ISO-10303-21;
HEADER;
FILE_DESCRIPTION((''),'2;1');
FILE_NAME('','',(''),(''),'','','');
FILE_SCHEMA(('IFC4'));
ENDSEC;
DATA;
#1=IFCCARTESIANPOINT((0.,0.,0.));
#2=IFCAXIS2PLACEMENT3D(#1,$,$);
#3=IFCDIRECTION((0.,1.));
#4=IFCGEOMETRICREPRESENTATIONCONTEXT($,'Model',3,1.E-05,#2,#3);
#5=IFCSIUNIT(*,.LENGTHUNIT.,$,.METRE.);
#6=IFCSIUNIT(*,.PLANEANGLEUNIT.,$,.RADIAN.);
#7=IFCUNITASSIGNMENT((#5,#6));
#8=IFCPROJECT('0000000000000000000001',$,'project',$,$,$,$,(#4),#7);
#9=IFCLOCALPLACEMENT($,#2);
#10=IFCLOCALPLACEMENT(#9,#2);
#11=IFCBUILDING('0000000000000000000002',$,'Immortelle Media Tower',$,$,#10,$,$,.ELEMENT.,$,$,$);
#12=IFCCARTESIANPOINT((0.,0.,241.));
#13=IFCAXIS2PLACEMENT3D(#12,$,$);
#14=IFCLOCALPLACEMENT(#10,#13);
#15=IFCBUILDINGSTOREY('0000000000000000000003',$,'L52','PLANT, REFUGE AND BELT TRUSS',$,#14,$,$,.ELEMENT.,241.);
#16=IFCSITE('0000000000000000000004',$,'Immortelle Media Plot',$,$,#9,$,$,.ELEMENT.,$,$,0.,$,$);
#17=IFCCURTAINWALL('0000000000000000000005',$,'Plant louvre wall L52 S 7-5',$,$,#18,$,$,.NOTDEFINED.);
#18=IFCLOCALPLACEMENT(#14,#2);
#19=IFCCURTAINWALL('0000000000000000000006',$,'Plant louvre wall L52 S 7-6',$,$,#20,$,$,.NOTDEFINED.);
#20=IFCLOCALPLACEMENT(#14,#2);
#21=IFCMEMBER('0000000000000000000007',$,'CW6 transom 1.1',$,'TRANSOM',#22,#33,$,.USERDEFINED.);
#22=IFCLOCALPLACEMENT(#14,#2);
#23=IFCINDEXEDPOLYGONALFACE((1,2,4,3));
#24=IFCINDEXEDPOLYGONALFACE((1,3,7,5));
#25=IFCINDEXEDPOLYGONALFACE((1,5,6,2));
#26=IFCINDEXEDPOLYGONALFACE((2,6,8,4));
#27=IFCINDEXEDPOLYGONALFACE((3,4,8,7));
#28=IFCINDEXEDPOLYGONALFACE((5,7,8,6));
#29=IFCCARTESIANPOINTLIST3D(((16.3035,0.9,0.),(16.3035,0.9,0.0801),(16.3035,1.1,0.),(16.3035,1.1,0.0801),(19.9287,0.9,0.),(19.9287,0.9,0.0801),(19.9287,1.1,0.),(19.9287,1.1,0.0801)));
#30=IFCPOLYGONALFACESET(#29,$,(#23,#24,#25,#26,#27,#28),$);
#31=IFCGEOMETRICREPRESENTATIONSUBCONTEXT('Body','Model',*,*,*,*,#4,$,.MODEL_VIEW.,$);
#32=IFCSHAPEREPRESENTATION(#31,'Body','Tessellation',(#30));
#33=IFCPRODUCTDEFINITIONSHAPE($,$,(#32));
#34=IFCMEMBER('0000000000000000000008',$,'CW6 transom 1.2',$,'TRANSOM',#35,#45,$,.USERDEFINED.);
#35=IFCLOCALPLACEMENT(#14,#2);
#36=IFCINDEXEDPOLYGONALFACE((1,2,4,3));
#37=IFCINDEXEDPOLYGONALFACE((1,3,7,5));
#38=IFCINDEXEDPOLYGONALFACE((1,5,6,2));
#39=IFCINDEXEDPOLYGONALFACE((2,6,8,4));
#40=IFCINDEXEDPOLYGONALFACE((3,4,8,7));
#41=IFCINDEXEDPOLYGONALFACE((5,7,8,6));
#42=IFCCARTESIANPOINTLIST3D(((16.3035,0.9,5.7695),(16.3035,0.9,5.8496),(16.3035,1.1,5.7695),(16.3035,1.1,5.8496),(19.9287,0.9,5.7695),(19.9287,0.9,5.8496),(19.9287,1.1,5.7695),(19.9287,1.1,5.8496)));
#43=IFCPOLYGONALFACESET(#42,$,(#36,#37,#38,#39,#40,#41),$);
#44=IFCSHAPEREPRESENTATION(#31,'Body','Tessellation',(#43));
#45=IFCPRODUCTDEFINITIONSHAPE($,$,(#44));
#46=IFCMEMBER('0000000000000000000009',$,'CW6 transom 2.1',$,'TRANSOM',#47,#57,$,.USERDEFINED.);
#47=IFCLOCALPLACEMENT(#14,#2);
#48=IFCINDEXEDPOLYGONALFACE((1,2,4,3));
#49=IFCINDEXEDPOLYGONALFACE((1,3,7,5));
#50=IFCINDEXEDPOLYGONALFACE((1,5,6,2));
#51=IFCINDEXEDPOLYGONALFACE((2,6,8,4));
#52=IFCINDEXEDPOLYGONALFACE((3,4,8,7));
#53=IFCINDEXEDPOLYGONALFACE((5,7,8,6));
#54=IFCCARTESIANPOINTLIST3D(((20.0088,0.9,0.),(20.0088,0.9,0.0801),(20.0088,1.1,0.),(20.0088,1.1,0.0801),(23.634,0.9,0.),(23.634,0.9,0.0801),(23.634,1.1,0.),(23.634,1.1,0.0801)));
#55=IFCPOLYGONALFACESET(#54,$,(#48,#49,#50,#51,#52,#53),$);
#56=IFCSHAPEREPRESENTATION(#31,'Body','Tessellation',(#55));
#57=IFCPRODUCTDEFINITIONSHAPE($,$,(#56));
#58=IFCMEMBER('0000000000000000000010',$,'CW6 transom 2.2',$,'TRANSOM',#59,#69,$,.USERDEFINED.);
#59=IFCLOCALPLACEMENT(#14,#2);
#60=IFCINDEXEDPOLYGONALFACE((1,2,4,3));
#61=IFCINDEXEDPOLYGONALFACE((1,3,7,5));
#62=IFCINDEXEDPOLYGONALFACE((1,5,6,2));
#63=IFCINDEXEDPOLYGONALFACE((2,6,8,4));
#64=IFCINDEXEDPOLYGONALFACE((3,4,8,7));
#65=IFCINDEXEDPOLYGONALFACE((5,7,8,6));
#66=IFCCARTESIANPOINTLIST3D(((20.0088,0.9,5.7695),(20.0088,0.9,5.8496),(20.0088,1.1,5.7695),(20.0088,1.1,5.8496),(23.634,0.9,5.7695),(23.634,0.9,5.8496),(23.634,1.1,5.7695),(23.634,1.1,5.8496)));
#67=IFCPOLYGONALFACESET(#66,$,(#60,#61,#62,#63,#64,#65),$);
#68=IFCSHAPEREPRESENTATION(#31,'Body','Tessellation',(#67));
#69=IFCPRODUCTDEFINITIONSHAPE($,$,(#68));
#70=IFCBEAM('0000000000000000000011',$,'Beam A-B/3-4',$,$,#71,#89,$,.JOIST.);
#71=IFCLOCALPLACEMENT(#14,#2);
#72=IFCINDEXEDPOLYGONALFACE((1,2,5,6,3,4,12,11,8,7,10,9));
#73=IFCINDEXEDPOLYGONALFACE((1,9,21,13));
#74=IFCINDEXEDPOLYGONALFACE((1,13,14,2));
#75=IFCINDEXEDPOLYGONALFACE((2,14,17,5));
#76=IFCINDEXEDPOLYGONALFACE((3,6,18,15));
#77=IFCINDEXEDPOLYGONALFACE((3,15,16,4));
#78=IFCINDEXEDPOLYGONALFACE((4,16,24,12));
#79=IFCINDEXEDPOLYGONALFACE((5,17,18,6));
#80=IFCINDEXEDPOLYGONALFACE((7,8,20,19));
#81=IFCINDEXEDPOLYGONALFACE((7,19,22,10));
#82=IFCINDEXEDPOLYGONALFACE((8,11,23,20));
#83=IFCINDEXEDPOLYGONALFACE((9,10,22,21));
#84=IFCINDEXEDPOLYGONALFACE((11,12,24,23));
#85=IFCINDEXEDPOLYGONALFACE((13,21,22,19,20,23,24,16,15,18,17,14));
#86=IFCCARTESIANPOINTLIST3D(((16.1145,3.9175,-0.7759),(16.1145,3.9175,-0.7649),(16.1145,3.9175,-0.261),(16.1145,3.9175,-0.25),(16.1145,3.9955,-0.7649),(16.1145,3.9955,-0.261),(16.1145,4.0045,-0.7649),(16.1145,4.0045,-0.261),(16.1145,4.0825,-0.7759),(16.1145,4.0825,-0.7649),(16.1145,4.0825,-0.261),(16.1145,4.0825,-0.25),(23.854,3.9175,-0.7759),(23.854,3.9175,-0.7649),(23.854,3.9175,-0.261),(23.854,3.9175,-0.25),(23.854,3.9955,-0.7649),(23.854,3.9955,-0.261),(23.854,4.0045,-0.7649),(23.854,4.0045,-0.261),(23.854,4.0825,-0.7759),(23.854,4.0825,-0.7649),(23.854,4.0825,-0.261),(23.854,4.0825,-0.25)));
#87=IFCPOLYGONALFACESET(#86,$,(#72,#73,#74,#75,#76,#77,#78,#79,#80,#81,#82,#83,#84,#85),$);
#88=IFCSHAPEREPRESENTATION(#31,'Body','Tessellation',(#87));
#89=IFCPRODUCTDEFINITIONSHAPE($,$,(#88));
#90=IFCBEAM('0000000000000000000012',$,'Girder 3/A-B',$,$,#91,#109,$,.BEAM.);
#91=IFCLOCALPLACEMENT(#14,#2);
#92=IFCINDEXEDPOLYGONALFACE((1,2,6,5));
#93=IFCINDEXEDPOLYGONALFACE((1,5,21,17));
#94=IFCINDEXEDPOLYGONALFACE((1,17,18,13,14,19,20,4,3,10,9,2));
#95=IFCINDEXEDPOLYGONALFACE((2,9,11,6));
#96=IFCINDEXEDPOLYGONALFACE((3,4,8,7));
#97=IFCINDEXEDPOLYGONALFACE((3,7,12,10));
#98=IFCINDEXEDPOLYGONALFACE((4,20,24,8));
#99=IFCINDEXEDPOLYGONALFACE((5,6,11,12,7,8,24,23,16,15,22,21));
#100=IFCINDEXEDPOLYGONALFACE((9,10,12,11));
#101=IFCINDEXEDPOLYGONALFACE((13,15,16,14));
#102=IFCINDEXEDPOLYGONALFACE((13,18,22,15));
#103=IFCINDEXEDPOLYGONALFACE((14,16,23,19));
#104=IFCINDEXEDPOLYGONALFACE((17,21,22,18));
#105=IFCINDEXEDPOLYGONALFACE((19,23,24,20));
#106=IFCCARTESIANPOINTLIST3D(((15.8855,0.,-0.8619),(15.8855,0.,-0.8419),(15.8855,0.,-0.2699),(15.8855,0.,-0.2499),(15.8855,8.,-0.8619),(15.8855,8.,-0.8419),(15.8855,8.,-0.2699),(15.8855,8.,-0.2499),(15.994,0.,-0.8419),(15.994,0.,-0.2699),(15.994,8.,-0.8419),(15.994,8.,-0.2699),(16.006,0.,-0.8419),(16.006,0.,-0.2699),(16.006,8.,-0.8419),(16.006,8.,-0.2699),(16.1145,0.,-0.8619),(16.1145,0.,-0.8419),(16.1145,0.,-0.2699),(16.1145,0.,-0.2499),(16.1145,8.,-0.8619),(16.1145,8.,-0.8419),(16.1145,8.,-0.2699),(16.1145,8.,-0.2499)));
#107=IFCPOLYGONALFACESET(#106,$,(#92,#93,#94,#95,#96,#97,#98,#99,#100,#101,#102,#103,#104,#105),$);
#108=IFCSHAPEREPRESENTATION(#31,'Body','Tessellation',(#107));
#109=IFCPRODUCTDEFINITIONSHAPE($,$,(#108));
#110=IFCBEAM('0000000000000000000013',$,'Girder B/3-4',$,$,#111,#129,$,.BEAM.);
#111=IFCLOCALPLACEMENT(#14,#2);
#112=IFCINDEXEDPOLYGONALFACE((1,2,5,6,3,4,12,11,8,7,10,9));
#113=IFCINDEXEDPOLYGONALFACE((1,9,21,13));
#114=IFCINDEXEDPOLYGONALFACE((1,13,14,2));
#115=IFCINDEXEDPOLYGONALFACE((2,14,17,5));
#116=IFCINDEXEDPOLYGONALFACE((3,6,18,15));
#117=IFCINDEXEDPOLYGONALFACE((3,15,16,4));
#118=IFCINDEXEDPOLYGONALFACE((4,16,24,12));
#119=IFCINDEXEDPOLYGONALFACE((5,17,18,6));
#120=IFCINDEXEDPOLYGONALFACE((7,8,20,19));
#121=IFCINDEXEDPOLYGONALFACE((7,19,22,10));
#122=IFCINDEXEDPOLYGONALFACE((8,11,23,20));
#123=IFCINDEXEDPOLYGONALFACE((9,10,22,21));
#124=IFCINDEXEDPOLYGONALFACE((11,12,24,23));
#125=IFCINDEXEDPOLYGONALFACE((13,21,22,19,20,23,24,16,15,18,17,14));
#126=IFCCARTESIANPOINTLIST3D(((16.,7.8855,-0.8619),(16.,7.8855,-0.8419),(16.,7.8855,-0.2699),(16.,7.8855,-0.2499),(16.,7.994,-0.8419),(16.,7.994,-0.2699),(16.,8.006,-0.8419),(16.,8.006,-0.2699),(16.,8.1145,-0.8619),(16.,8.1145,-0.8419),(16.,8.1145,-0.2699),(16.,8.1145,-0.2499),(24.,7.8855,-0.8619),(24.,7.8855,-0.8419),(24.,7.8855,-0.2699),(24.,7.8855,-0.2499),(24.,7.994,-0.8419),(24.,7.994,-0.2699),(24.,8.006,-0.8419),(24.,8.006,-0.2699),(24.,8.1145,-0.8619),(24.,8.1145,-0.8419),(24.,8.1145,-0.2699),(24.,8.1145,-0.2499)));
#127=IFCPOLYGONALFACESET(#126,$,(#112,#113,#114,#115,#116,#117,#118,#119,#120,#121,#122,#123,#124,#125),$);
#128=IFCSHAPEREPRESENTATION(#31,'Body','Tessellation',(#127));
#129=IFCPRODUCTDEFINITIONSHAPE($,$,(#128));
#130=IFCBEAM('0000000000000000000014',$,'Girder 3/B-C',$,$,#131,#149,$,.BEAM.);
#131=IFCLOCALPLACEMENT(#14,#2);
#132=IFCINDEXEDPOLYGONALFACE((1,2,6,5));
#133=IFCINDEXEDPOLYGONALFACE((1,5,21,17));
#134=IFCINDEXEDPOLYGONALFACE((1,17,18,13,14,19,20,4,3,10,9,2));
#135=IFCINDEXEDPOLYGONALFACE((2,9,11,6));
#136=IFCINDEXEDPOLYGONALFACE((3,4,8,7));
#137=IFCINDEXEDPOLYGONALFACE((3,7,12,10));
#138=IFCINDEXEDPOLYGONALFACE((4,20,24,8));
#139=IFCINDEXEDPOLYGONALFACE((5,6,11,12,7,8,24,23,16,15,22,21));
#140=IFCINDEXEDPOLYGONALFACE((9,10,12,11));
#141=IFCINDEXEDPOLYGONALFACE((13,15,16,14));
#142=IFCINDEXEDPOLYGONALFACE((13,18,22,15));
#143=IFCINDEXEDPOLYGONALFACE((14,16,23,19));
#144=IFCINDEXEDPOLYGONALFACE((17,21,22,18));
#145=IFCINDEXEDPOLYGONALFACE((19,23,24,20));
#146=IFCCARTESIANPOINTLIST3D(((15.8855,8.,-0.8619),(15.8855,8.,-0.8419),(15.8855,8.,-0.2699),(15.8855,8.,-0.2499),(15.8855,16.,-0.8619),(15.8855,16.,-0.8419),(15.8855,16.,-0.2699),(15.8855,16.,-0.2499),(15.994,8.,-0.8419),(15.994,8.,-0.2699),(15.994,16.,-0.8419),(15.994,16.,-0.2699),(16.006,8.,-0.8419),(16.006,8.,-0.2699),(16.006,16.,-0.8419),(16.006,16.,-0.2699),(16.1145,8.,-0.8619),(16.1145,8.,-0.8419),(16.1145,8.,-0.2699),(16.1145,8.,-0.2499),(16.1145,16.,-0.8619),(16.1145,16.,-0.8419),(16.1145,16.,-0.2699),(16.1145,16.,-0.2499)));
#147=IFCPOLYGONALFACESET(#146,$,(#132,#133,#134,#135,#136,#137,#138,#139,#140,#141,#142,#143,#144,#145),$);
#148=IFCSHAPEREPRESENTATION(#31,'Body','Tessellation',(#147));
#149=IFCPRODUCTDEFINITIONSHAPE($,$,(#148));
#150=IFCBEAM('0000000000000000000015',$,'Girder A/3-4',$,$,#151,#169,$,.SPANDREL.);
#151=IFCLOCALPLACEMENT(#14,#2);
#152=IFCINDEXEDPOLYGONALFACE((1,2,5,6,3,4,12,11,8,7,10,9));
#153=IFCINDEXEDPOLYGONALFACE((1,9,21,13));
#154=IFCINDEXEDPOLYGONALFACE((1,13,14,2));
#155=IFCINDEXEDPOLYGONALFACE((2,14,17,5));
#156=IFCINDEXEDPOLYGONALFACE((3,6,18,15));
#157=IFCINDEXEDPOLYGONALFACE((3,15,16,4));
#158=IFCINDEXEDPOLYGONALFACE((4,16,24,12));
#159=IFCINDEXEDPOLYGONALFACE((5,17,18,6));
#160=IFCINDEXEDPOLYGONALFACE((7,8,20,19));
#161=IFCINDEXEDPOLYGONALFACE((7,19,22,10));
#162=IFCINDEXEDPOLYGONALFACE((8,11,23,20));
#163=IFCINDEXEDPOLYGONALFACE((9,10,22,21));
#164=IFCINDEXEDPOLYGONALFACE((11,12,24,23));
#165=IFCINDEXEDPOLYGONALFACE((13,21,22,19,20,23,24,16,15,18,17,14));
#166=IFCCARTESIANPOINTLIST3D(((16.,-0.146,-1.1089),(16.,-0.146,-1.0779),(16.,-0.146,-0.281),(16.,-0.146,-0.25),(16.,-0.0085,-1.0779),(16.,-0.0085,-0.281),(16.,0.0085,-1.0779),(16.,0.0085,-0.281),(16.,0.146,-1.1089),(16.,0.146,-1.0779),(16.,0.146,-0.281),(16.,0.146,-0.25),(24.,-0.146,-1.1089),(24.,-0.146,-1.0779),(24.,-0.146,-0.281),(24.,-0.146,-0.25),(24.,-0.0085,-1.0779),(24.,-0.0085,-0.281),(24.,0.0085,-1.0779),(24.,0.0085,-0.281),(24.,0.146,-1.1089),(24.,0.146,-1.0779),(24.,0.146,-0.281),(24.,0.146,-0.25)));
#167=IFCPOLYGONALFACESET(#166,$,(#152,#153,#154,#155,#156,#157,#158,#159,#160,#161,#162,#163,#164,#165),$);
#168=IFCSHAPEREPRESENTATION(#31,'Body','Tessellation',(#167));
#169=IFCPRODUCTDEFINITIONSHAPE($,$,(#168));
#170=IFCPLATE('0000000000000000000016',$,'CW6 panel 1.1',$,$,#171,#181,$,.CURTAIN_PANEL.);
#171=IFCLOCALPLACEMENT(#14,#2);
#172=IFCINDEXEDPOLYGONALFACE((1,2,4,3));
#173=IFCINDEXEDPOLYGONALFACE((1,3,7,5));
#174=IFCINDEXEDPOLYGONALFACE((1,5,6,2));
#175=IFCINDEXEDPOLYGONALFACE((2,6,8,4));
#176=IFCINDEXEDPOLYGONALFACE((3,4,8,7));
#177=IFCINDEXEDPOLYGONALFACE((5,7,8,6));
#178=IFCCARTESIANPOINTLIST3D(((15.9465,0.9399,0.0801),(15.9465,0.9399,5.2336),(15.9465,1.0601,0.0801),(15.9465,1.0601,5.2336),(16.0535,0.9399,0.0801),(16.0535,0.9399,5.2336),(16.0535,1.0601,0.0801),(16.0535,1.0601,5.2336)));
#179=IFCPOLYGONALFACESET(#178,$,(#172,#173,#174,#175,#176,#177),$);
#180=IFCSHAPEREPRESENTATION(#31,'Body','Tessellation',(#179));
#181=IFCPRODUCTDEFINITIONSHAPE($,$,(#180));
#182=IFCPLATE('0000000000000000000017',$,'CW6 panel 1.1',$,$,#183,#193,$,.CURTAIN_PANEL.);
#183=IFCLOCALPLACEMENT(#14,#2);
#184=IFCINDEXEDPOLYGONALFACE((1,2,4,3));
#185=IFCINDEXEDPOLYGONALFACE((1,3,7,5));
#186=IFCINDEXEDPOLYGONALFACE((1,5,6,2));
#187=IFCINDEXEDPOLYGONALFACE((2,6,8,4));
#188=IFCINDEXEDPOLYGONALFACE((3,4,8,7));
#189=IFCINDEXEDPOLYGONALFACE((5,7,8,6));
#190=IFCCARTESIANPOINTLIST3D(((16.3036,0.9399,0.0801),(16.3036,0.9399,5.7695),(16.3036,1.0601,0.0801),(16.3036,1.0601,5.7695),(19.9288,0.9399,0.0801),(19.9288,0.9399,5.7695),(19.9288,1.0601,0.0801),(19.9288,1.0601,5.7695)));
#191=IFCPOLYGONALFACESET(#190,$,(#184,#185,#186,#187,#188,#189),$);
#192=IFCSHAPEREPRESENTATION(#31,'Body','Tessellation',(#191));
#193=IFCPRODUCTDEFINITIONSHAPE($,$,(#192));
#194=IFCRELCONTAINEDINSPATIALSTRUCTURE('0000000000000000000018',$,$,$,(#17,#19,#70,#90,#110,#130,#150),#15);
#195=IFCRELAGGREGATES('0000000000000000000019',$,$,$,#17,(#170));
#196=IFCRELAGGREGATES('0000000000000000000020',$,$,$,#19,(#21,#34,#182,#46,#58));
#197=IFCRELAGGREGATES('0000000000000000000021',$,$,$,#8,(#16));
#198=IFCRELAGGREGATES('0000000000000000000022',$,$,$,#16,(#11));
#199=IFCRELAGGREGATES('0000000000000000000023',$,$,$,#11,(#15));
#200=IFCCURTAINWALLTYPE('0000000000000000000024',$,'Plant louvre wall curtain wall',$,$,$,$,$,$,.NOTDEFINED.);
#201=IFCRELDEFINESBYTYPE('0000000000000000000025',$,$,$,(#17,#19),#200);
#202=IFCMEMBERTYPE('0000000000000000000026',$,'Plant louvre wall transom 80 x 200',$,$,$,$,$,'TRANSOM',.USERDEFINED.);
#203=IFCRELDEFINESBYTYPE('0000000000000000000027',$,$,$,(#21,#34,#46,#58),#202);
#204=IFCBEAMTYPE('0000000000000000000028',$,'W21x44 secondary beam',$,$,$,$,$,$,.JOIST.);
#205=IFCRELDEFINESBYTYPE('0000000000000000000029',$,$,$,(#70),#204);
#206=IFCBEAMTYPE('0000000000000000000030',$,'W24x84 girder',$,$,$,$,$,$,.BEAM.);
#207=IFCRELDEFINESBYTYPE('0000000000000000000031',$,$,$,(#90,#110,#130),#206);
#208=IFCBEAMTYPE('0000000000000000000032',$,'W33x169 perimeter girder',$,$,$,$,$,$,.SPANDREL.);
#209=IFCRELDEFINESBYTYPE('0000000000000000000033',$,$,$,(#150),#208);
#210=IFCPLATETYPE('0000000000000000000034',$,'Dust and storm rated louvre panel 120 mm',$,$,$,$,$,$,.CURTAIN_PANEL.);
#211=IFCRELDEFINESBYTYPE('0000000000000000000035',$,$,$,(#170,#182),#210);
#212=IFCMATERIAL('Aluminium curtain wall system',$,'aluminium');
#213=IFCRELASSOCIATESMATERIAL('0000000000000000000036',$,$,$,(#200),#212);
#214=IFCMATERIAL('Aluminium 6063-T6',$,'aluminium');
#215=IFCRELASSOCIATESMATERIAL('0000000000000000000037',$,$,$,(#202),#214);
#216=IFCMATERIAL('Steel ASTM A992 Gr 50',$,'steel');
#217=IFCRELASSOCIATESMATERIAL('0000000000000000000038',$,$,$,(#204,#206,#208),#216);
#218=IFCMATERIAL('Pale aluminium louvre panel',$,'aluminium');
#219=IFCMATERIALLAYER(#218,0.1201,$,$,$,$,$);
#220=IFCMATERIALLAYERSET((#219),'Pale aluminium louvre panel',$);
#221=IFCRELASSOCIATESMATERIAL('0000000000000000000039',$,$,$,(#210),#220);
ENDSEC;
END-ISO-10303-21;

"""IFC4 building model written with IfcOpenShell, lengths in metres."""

from ifc_helpers import new_model, si_unit, direction, frame, origin, origin_2d, place, context, subcontext, project, spatial, rectangle, i_section, extrude, material, layer, layer_set, material_profile, profile_set, type_object, element, aggregate, save


model = new_model("IFC4")

# Units and contexts
model_context = context("Model", 3, precision=1e-05, world=origin(), true_north=direction((0.0, 1.0)))
body_context = subcontext(model_context, "Body", "Model", "MODEL_VIEW")
ifc_project = project(units=[si_unit("LENGTHUNIT", "METRE"), si_unit("PLANEANGLEUNIT", "RADIAN")], contexts=[model_context])

# Site, building, storey
site_placement = place(None, origin())
site = spatial("IfcSite", under=ifc_project, at=site_placement, Name="Immortelle Media Plot", CompositionType="ELEMENT", RefElevation=0.0)
building_placement = place(site_placement, origin())
building = spatial("IfcBuilding", under=site, at=building_placement, Name="Immortelle Media Tower", CompositionType="ELEMENT")
storey_placement = place(building_placement, frame((0.0, 0.0, 241.0)))
storey = spatial("IfcBuildingStorey", under=building, at=storey_placement, Name="L52", Description="PLANT, REFUGE AND BELT TRUSS", CompositionType="ELEMENT", Elevation=241.0)

# Shared definitions
ifc_material_1 = material(Name="Steel ASTM A992 Gr 50", Category="steel")

# Curtain walls
ifc_material_2 = material(Name="Aluminium curtain wall system", Category="aluminium")
curtain_wall_type = type_object("IfcCurtainWallType", Name="Plant louvre wall curtain wall", PredefinedType="NOTDEFINED", material=ifc_material_2)
curtain_wall_1_placement = place(storey_placement, origin())
curtain_wall_1 = element("IfcCurtainWall", 1, at=curtain_wall_1_placement, inside=storey, type_object=curtain_wall_type, Name="Plant louvre wall L52 S 7-5", PredefinedType="NOTDEFINED")
ifc_material_3 = material(Name="Aluminium 6063-T6", Category="aluminium")
curtain_wall_2_placement = place(storey_placement, origin())
curtain_wall_2 = element("IfcCurtainWall", 2, at=curtain_wall_2_placement, inside=storey, type_object=curtain_wall_type, Name="Plant louvre wall L52 S 7-6", PredefinedType="NOTDEFINED")

# Members
ifc_material_profile_1 = material_profile(ifc_material_3, rectangle(XDim=0.2, YDim=0.0801, at=origin_2d()), Name="AL 80x200")
ifc_profile_set_1 = profile_set([ifc_material_profile_1], Name="Aluminium 6063-T6")
member_type_1 = type_object("IfcMemberType", Name="Plant louvre wall transom 80 x 200", ElementType="TRANSOM", PredefinedType="USERDEFINED", material=ifc_profile_set_1)
member_1_placement = place(storey_placement, frame((16.3035, 1.0, 0.04), z_axis=(1.0, 0.0, 0.0), x_axis=(0.0, 1.0, 0.0)))
member_1 = element("IfcMember", 3, at=member_1_placement, type_object=member_type_1, Name="CW6 transom 1.1", ObjectType="TRANSOM", PredefinedType="USERDEFINED", context=body_context, shape_type="SweptSolid", body=[
    extrude(rectangle(XDim=0.2, YDim=0.0801, at=origin_2d()), origin(), (0.0, 0.0, 1.0), 3.6252),
])
member_2_placement = place(storey_placement, frame((16.3035, 1.0, 5.8096), z_axis=(1.0, 0.0, 0.0), x_axis=(0.0, 1.0, 0.0)))
member_2 = element("IfcMember", 4, at=member_2_placement, type_object=member_type_1, Name="CW6 transom 1.2", ObjectType="TRANSOM", PredefinedType="USERDEFINED", context=body_context, shape_type="SweptSolid", body=[
    extrude(rectangle(XDim=0.2, YDim=0.0801, at=origin_2d()), origin(), (0.0, 0.0, 1.0), 3.6252),
])
member_3_placement = place(storey_placement, frame((20.0088, 1.0, 0.04), z_axis=(1.0, 0.0, 0.0), x_axis=(0.0, 1.0, 0.0)))
member_3 = element("IfcMember", 5, at=member_3_placement, type_object=member_type_1, Name="CW6 transom 2.1", ObjectType="TRANSOM", PredefinedType="USERDEFINED", context=body_context, shape_type="SweptSolid", body=[
    extrude(rectangle(XDim=0.2, YDim=0.0801, at=origin_2d()), origin(), (0.0, 0.0, 1.0), 3.6252),
])
member_4_placement = place(storey_placement, frame((20.0088, 1.0, 5.8096), z_axis=(1.0, 0.0, 0.0), x_axis=(0.0, 1.0, 0.0)))
member_4 = element("IfcMember", 6, at=member_4_placement, type_object=member_type_1, Name="CW6 transom 2.2", ObjectType="TRANSOM", PredefinedType="USERDEFINED", context=body_context, shape_type="SweptSolid", body=[
    extrude(rectangle(XDim=0.2, YDim=0.0801, at=origin_2d()), origin(), (0.0, 0.0, 1.0), 3.6252),
])

# Beams
ifc_material_profile_2 = material_profile(ifc_material_1, i_section(OverallWidth=0.165, OverallDepth=0.5259, WebThickness=0.009, FlangeThickness=0.011, at=origin_2d()), Name="W21x44")
ifc_profile_set_2 = profile_set([ifc_material_profile_2], Name="Steel ASTM A992 Gr 50")
beam_type_1 = type_object("IfcBeamType", Name="W21x44 secondary beam", PredefinedType="JOIST", material=ifc_profile_set_2)
beam_1_placement = place(storey_placement, frame((16.1145, 4.0, -0.5129), z_axis=(1.0, 0.0, 0.0), x_axis=(0.0, 1.0, 0.0)))
element("IfcBeam", 7, at=beam_1_placement, inside=storey, type_object=beam_type_1, Name="Beam A-B/3-4", PredefinedType="JOIST", context=body_context, shape_type="SweptSolid", body=[
    extrude(i_section(OverallWidth=0.165, OverallDepth=0.5259, WebThickness=0.009, FlangeThickness=0.011, at=origin_2d()), origin(), (0.0, 0.0, 1.0), 7.7395),
])
ifc_material_profile_3 = material_profile(ifc_material_1, i_section(OverallWidth=0.229, OverallDepth=0.6121, WebThickness=0.012, FlangeThickness=0.02, at=origin_2d()), Name="W24x84")
ifc_profile_set_3 = profile_set([ifc_material_profile_3], Name="Steel ASTM A992 Gr 50")
beam_type_2 = type_object("IfcBeamType", Name="W24x84 girder", PredefinedType="BEAM", material=ifc_profile_set_3)
for number, where, z_axis, x_axis, name in (
    (8, (16.0, 0.0, -0.5559), (0.0, 1.0, 0.0), (-1.0, 0.0, 0.0), "Girder 3/A-B"),
    (9, (16.0, 8.0, -0.5559), (1.0, 0.0, 0.0), (0.0, 1.0, 0.0), "Girder B/3-4"),
    (10, (16.0, 8.0, -0.5559), (0.0, 1.0, 0.0), (-1.0, 0.0, 0.0), "Girder 3/B-C"),
):
    element("IfcBeam", number, at=place(storey_placement, frame(where, z_axis=z_axis, x_axis=x_axis)), inside=storey, type_object=beam_type_2, Name=name, PredefinedType="BEAM", context=body_context, shape_type="SweptSolid", body=[
        extrude(i_section(OverallWidth=0.229, OverallDepth=0.6121, WebThickness=0.012, FlangeThickness=0.02, at=origin_2d()), origin(), (0.0, 0.0, 1.0), 8.0),
    ])
ifc_material_profile_4 = material_profile(ifc_material_1, i_section(OverallWidth=0.292, OverallDepth=0.8589, WebThickness=0.0171, FlangeThickness=0.031, at=origin_2d()), Name="W33x169")
ifc_profile_set_4 = profile_set([ifc_material_profile_4], Name="Steel ASTM A992 Gr 50")
beam_type_3 = type_object("IfcBeamType", Name="W33x169 perimeter girder", PredefinedType="SPANDREL", material=ifc_profile_set_4)
beam_2_placement = place(storey_placement, frame((16.0, 0.0, -0.6794), z_axis=(1.0, 0.0, 0.0), x_axis=(0.0, 1.0, 0.0)))
element("IfcBeam", 11, at=beam_2_placement, inside=storey, type_object=beam_type_3, Name="Girder A/3-4", PredefinedType="SPANDREL", context=body_context, shape_type="SweptSolid", body=[
    extrude(i_section(OverallWidth=0.292, OverallDepth=0.8589, WebThickness=0.0171, FlangeThickness=0.031, at=origin_2d()), origin(), (0.0, 0.0, 1.0), 8.0),
])

# Plates
ifc_material_4 = material(Name="Pale aluminium louvre panel", Category="aluminium")
ifc_layer_1 = layer(ifc_material_4, 0.1201)
ifc_layer_set_1 = layer_set([ifc_layer_1], Name="Pale aluminium louvre panel")
plate_type = type_object("IfcPlateType", Name="Dust and storm rated louvre panel 120 mm", PredefinedType="CURTAIN_PANEL", material=ifc_layer_set_1)
plate_1_placement = place(storey_placement, frame((16.0, 1.0, 0.0801), z_axis=(0.0, 0.0, 1.0), x_axis=(1.0, 0.0, 0.0)))
plate_1 = element("IfcPlate", 12, at=plate_1_placement, type_object=plate_type, Name="CW6 panel 1.1", PredefinedType="CURTAIN_PANEL", context=body_context, shape_type="SweptSolid", body=[
    extrude(rectangle(XDim=0.1069, YDim=0.1201, at=origin_2d()), origin(), (0.0, 0.0, 1.0), 5.1536),
])
aggregate(curtain_wall_1, [plate_1])
plate_2_placement = place(storey_placement, frame((18.1162, 1.0, 0.0801), z_axis=(0.0, 0.0, 1.0), x_axis=(1.0, 0.0, 0.0)))
plate_2 = element("IfcPlate", 13, at=plate_2_placement, type_object=plate_type, Name="CW6 panel 1.1", PredefinedType="CURTAIN_PANEL", context=body_context, shape_type="SweptSolid", body=[
    extrude(rectangle(XDim=3.6252, YDim=0.1201, at=origin_2d()), origin(), (0.0, 0.0, 1.0), 5.6895),
])
aggregate(curtain_wall_2, [member_1, member_2, plate_2, member_3, member_4])

save(model, "model.ifc")
